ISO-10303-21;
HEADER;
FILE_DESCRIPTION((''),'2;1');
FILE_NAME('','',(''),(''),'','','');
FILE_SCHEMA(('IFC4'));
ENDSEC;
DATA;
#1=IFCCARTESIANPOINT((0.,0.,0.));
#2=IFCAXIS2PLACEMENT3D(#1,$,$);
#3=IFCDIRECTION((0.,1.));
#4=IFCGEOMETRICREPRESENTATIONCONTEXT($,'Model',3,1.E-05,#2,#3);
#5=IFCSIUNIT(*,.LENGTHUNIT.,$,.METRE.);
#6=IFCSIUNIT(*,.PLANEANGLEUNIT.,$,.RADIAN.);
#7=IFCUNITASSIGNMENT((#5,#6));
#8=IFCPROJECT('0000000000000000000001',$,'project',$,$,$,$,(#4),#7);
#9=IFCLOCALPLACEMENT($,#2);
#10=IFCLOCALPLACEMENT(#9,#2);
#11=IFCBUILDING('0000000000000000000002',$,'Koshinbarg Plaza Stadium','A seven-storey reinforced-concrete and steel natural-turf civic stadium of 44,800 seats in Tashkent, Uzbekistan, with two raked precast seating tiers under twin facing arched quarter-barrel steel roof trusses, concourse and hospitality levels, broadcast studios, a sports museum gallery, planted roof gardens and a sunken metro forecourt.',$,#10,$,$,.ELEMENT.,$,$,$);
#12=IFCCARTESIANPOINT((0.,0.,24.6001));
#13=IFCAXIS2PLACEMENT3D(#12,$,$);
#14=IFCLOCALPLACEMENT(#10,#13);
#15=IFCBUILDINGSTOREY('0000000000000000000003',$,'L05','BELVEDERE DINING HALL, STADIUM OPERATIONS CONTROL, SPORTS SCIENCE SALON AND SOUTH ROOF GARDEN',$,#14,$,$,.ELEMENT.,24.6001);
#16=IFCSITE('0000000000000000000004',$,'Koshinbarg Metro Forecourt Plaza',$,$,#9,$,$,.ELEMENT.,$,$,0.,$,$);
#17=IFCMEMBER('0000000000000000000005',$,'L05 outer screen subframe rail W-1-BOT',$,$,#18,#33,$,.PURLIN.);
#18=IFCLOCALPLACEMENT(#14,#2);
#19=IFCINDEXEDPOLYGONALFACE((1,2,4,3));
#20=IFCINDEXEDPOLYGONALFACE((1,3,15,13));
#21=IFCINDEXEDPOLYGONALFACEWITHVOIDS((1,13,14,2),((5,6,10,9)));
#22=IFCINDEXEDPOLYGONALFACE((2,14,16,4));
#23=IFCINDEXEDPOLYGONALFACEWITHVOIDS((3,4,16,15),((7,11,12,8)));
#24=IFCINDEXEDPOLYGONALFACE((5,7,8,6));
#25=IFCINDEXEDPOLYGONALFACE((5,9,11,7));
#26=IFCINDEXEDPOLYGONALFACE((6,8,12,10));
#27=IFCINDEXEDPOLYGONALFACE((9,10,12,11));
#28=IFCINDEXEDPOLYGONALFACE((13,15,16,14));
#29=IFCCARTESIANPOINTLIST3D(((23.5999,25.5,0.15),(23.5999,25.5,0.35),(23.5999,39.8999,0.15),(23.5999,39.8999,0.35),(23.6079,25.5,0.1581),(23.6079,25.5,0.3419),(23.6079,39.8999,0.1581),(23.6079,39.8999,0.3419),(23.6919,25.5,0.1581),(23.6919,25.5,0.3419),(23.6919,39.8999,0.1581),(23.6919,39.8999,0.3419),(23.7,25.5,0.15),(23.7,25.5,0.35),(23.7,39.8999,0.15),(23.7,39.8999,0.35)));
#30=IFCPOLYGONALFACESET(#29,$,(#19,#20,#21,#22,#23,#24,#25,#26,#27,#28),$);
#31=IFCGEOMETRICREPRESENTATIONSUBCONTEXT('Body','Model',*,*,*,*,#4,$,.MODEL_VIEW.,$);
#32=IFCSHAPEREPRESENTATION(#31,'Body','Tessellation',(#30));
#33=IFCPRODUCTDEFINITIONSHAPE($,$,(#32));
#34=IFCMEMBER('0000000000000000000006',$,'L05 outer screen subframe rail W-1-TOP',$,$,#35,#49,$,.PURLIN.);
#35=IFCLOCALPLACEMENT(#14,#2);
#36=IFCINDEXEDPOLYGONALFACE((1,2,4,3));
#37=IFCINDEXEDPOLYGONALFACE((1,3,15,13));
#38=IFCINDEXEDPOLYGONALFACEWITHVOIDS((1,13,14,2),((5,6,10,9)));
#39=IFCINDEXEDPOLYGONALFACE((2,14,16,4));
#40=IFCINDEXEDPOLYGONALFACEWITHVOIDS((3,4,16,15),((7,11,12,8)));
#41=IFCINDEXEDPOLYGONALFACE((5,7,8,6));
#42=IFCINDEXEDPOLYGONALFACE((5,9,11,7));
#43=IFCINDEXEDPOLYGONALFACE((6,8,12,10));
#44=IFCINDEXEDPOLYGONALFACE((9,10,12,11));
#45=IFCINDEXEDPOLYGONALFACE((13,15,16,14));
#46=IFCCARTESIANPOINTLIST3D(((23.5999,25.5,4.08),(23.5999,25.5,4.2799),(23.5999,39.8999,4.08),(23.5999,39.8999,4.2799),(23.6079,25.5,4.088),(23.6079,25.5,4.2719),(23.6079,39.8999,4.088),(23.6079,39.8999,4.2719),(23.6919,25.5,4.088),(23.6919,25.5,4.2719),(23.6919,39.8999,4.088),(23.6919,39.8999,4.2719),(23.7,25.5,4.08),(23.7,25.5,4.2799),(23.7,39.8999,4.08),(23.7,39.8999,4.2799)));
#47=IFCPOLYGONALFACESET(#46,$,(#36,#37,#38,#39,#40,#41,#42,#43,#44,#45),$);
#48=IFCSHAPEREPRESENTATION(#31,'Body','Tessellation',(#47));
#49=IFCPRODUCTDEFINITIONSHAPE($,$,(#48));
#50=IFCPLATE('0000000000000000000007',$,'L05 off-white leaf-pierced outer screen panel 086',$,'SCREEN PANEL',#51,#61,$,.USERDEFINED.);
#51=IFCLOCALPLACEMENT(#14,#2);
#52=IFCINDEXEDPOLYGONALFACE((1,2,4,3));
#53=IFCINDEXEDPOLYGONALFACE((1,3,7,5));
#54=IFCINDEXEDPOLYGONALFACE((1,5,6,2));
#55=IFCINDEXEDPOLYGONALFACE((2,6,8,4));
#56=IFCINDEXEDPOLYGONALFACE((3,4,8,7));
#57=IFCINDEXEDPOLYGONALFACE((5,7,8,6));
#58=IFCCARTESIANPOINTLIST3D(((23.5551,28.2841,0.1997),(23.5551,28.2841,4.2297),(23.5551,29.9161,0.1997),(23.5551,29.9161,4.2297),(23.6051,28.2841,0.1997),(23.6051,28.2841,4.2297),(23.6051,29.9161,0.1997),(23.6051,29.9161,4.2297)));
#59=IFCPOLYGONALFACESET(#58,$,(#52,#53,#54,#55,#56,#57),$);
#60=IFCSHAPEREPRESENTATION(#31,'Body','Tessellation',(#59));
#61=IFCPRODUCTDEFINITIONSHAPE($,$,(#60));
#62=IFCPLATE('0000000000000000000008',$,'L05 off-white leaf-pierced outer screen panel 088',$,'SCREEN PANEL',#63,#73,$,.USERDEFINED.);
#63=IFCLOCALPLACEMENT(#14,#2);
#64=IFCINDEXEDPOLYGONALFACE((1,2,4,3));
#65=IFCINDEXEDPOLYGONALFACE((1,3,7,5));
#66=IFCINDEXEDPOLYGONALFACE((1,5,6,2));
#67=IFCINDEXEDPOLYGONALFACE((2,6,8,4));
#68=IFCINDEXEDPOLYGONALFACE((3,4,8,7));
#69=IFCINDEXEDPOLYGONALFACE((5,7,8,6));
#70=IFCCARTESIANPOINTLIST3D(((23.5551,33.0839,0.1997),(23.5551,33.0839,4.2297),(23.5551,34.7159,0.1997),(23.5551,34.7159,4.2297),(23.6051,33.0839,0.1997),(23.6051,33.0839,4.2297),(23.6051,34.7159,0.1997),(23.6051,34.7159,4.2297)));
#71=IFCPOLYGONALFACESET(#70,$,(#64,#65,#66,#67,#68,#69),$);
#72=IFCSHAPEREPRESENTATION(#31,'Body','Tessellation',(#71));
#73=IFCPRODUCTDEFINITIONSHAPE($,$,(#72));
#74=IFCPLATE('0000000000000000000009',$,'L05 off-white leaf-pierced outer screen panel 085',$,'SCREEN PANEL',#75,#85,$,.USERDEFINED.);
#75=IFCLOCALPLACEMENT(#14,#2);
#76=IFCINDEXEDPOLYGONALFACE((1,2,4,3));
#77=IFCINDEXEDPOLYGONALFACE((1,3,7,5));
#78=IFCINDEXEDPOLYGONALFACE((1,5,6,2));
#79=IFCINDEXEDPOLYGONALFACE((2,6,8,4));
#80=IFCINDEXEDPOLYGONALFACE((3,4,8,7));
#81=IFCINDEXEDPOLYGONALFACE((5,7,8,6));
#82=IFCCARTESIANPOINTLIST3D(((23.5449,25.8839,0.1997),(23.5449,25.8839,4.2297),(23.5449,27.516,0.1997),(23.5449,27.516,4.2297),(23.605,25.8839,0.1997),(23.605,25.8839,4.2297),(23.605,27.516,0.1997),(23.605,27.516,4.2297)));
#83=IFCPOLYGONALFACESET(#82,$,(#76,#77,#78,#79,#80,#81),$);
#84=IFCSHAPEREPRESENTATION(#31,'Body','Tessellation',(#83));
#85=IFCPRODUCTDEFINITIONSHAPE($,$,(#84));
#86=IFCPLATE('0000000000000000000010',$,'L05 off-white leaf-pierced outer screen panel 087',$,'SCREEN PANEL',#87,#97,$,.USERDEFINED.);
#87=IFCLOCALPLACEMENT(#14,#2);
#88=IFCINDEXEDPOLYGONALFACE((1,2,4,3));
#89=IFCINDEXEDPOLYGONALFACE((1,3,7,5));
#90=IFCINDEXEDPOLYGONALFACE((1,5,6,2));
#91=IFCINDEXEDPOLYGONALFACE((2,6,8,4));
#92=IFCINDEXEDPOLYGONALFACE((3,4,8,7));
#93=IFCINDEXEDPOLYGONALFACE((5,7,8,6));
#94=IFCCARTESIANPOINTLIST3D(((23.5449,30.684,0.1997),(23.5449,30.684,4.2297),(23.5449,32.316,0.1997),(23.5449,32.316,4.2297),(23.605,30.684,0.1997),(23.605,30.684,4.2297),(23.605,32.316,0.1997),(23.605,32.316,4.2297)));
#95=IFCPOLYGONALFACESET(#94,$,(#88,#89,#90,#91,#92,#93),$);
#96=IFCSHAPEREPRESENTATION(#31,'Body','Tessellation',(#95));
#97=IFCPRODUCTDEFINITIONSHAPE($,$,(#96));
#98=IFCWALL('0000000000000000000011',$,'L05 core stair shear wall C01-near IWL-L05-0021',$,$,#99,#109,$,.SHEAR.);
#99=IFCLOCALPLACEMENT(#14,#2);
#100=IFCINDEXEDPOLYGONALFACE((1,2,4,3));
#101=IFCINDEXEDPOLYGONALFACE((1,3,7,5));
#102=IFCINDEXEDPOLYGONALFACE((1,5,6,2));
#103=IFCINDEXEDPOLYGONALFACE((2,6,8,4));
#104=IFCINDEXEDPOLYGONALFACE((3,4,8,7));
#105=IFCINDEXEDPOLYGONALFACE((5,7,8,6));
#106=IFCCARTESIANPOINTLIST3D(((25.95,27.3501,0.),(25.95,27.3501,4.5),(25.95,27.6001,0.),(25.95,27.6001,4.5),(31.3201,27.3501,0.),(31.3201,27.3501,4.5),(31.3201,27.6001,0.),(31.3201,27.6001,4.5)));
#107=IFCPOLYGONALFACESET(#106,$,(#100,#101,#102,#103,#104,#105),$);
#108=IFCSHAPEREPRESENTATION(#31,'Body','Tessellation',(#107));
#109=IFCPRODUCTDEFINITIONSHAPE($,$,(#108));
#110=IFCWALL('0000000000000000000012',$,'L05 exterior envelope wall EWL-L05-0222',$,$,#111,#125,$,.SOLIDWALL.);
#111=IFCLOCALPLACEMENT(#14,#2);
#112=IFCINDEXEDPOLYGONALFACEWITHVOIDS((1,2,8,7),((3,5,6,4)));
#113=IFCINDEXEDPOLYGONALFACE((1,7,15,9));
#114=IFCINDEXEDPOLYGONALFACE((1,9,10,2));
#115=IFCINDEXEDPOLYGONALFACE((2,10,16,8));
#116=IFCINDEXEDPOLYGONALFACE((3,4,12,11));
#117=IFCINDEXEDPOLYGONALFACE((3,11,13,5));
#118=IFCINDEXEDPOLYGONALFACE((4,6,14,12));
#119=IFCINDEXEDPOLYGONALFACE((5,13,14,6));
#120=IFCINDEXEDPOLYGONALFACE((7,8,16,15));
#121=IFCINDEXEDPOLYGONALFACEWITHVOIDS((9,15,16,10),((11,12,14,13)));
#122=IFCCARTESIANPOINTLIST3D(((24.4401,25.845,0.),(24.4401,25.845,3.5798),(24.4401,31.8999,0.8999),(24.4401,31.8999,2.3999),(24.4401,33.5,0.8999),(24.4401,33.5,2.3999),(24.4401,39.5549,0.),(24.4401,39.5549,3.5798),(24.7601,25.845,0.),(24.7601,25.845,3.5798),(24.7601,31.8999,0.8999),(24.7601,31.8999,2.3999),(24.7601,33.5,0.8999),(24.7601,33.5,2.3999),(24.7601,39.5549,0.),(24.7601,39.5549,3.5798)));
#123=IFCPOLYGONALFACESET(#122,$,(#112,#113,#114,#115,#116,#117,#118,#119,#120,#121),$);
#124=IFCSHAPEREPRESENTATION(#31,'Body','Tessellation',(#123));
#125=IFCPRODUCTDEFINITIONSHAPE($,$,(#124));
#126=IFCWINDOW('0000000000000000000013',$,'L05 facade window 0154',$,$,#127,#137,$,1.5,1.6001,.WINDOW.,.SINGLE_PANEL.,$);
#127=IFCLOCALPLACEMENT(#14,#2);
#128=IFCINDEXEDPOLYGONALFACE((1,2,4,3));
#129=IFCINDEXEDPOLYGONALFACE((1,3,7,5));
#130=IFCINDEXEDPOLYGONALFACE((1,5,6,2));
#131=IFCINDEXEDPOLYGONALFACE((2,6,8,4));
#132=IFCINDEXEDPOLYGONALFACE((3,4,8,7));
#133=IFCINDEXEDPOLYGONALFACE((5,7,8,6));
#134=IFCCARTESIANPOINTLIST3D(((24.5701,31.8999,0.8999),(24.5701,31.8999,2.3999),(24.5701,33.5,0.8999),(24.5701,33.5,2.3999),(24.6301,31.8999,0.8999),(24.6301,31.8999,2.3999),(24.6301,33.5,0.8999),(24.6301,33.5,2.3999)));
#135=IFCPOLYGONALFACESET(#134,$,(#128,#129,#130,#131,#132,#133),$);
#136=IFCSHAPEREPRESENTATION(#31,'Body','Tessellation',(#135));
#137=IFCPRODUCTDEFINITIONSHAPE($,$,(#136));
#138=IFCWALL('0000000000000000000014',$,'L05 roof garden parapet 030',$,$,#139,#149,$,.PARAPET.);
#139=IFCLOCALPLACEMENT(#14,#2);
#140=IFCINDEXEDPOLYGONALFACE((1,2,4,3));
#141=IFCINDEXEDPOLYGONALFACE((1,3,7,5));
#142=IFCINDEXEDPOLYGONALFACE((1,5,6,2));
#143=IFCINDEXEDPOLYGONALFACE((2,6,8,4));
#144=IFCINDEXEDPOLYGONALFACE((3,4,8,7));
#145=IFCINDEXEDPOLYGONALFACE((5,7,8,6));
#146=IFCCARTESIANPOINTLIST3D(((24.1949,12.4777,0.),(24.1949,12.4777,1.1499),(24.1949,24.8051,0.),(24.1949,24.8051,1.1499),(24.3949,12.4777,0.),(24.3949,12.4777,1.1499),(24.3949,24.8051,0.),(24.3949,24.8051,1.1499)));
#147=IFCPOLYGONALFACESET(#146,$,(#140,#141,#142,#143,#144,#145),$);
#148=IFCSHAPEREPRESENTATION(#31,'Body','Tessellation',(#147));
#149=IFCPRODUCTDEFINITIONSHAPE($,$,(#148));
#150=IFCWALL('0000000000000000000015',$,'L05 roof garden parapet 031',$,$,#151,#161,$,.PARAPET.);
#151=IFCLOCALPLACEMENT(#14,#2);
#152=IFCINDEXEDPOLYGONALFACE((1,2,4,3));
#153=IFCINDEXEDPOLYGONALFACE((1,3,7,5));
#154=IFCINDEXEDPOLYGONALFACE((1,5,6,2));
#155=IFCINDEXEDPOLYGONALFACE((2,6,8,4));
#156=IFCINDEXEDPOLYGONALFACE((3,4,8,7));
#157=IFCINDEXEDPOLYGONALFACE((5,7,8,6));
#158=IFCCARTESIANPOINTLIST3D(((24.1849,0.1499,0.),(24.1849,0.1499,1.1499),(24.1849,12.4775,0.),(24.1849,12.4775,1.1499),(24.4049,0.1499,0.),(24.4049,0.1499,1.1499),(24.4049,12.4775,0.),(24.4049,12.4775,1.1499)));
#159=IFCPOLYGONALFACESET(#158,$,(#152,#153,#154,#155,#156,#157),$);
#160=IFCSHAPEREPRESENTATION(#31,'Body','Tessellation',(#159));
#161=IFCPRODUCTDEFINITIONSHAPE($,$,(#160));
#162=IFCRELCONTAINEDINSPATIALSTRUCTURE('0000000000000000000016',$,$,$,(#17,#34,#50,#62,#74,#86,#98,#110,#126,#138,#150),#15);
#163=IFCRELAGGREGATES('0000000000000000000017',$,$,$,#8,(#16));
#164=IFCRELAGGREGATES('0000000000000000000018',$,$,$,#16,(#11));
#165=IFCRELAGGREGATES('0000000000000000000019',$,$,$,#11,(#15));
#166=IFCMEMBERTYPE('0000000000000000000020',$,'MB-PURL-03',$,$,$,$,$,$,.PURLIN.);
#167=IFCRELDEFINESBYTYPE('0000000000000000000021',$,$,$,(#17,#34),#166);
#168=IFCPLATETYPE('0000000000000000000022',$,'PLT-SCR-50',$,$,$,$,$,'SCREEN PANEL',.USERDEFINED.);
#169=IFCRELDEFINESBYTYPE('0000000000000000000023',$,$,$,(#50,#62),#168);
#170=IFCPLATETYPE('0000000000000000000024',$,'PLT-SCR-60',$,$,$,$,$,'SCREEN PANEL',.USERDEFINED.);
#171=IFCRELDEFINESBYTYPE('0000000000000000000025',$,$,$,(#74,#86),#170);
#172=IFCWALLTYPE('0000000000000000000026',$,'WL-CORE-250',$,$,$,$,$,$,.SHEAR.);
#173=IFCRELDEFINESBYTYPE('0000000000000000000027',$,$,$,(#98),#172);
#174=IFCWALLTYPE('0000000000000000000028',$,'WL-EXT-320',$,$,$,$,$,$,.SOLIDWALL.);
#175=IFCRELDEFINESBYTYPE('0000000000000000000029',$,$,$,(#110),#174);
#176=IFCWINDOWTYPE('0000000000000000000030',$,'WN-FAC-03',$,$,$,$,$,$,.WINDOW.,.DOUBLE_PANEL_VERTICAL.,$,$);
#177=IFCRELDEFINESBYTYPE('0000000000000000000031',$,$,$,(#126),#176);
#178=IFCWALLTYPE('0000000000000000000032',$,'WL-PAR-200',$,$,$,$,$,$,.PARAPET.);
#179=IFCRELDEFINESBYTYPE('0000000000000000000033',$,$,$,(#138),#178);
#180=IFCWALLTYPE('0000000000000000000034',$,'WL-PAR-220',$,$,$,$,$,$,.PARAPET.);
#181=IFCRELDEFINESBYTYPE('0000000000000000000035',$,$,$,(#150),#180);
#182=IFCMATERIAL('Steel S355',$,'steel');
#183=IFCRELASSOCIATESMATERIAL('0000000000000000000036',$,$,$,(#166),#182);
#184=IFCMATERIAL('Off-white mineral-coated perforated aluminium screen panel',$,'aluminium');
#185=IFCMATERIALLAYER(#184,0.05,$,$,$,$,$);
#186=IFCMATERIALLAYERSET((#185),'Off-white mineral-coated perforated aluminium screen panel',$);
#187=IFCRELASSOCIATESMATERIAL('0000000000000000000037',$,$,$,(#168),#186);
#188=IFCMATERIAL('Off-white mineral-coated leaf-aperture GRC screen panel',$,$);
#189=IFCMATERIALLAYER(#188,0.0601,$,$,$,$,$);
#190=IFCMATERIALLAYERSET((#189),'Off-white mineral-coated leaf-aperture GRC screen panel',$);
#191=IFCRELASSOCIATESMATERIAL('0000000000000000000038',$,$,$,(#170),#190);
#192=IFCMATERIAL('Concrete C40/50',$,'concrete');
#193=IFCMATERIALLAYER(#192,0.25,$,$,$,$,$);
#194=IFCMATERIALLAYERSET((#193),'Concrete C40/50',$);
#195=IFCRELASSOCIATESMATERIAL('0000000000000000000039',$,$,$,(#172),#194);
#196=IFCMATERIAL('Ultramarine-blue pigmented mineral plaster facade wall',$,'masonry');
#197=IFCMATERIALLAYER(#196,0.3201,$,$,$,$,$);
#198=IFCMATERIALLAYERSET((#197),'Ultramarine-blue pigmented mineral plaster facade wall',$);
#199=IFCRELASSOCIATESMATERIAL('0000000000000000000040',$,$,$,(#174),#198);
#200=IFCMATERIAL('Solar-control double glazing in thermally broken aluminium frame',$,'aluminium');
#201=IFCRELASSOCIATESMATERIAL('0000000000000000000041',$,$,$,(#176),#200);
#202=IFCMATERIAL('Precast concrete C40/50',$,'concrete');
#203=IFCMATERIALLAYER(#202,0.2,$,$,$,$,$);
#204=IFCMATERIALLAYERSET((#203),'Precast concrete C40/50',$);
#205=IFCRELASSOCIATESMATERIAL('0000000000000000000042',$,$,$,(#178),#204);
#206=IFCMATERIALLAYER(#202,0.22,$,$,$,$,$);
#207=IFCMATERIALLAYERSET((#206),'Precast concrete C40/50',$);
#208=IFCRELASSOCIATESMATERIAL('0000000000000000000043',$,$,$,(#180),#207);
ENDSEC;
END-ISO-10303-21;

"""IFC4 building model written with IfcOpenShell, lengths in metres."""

from ifc_helpers import new_model, si_unit, direction, frame, frame_2d, origin, origin_2d, place, context, subcontext, project, spatial, rectangle, hollow_rectangle, extrude, material, layer, layer_set, material_profile, profile_set, type_object, element, fill, save


model = new_model("IFC4")

# Units and contexts
model_context = context("Model", 3, precision=1e-05, world=origin(), true_north=direction((0.0, 1.0)))
body_context = subcontext(model_context, "Body", "Model", "MODEL_VIEW")
ifc_project = project(units=[si_unit("LENGTHUNIT", "METRE"), si_unit("PLANEANGLEUNIT", "RADIAN")], contexts=[model_context])

# Site, building, storey
site_placement = place(None, origin())
site = spatial("IfcSite", under=ifc_project, at=site_placement, Name="Koshinbarg Metro Forecourt Plaza", CompositionType="ELEMENT", RefElevation=0.0)
building_placement = place(site_placement, origin())
building = spatial("IfcBuilding", under=site, at=building_placement, Name="Koshinbarg Plaza Stadium", Description="A seven-storey reinforced-concrete and steel natural-turf civic stadium of 44,800 seats in Tashkent, Uzbekistan, with two raked precast seating tiers under twin facing arched quarter-barrel steel roof trusses, concourse and hospitality levels, broadcast studios, a sports museum gallery, planted roof gardens and a sunken metro forecourt.", CompositionType="ELEMENT")
storey_placement = place(building_placement, frame((0.0, 0.0, 24.6001)))
storey = spatial("IfcBuildingStorey", under=building, at=storey_placement, Name="L05", Description="BELVEDERE DINING HALL, STADIUM OPERATIONS CONTROL, SPORTS SCIENCE SALON AND SOUTH ROOF GARDEN", CompositionType="ELEMENT", Elevation=24.6001)

# Shared definitions
ifc_material_1 = material(Name="Concrete C40/50", Category="concrete")

# Shared definitions
ifc_material_2 = material(Name="Steel S355", Category="steel")

# Members
ifc_material_profile_1 = material_profile(ifc_material_2, hollow_rectangle(XDim=0.1001, YDim=0.2, WallThickness=0.0081, at=origin_2d()), Name="RHS 200x100x8")
ifc_profile_set_1 = profile_set([ifc_material_profile_1], Name="Steel S355")
member_type = type_object("IfcMemberType", Name="MB-PURL-03", PredefinedType="PURLIN", material=ifc_profile_set_1)
for number, where, z_axis, x_axis, name in (
    (1, (23.6499, 25.5, 0.25), (0.0, 1.0, 0.0), (-1.0, 0.0, 0.0), "L05 outer screen subframe rail W-1-BOT"),
    (2, (23.6499, 25.5, 4.1799), (0.0, 1.0, 0.0), (-1.0, 0.0, 0.0), "L05 outer screen subframe rail W-1-TOP"),
):
    element("IfcMember", number, at=place(storey_placement, frame(where, z_axis=z_axis, x_axis=x_axis)), inside=storey, type_object=member_type, Name=name, PredefinedType="PURLIN", context=body_context, shape_type="SweptSolid", body=[
        extrude(hollow_rectangle(XDim=0.1001, YDim=0.2, WallThickness=0.0081, at=origin_2d()), origin(), (0.0, 0.0, 1.0), 14.3999),
    ])

# Plates
ifc_material_3 = material(Name="Off-white mineral-coated perforated aluminium screen panel", Category="aluminium")
ifc_layer_1 = layer(ifc_material_3, 0.05)
ifc_layer_set_1 = layer_set([ifc_layer_1], Name="Off-white mineral-coated perforated aluminium screen panel")
plate_type_1 = type_object("IfcPlateType", Name="PLT-SCR-50", ElementType="SCREEN PANEL", PredefinedType="USERDEFINED", material=ifc_layer_set_1)
for number, where, z_axis, x_axis, name in (
    (3, (23.5801, 29.1001, 0.1997), (0.0, 0.0, 1.0), (1.0, 0.0, 0.0), "L05 off-white leaf-pierced outer screen panel 086"),
    (4, (23.5801, 33.8999, 0.1997), (0.0, 0.0, 1.0), (1.0, 0.0, 0.0), "L05 off-white leaf-pierced outer screen panel 088"),
):
    element("IfcPlate", number, at=place(storey_placement, frame(where, z_axis=z_axis, x_axis=x_axis)), inside=storey, type_object=plate_type_1, Name=name, ObjectType="SCREEN PANEL", PredefinedType="USERDEFINED", context=body_context, shape_type="SweptSolid", body=[
        extrude(rectangle(XDim=0.05, YDim=1.6321, at=origin_2d()), origin(), (0.0, 0.0, 1.0), 4.03),
    ])
ifc_material_4 = material(Name="Off-white mineral-coated leaf-aperture GRC screen panel")
ifc_layer_2 = layer(ifc_material_4, 0.0601)
ifc_layer_set_2 = layer_set([ifc_layer_2], Name="Off-white mineral-coated leaf-aperture GRC screen panel")
plate_type_2 = type_object("IfcPlateType", Name="PLT-SCR-60", ElementType="SCREEN PANEL", PredefinedType="USERDEFINED", material=ifc_layer_set_2)
for number, where, z_axis, x_axis, name in (
    (5, (23.575, 26.7, 0.1997), (0.0, 0.0, 1.0), (1.0, 0.0, 0.0), "L05 off-white leaf-pierced outer screen panel 085"),
    (6, (23.575, 31.5, 0.1997), (0.0, 0.0, 1.0), (1.0, 0.0, 0.0), "L05 off-white leaf-pierced outer screen panel 087"),
):
    element("IfcPlate", number, at=place(storey_placement, frame(where, z_axis=z_axis, x_axis=x_axis)), inside=storey, type_object=plate_type_2, Name=name, ObjectType="SCREEN PANEL", PredefinedType="USERDEFINED", context=body_context, shape_type="SweptSolid", body=[
        extrude(rectangle(XDim=0.0601, YDim=1.6321, at=origin_2d()), origin(), (0.0, 0.0, 1.0), 4.03),
    ])

# Wall
ifc_layer_3 = layer(ifc_material_1, 0.25)
ifc_layer_set_3 = layer_set([ifc_layer_3], Name="Concrete C40/50")
wall_type_1 = type_object("IfcWallType", Name="WL-CORE-250", PredefinedType="SHEAR", material=ifc_layer_set_3)
wall_1_placement = place(storey_placement, frame((25.95, 27.4751, 0.0), z_axis=(0.0, 0.0, 1.0), x_axis=(1.0, 0.0, 0.0)))
element("IfcWall", 7, at=wall_1_placement, inside=storey, type_object=wall_type_1, Name="L05 core stair shear wall C01-near IWL-L05-0021", PredefinedType="SHEAR", context=body_context, shape_type="SweptSolid", body=[
    extrude(rectangle(XDim=5.3701, YDim=0.25, at=frame_2d((2.6851, 0.0))), origin(), (0.0, 0.0, 1.0), 4.5),
])

# Wall, opening, window
ifc_material_5 = material(Name="Ultramarine-blue pigmented mineral plaster facade wall", Category="masonry")
ifc_layer_4 = layer(ifc_material_5, 0.3201)
ifc_layer_set_4 = layer_set([ifc_layer_4], Name="Ultramarine-blue pigmented mineral plaster facade wall")
wall_type_2 = type_object("IfcWallType", Name="WL-EXT-320", PredefinedType="SOLIDWALL", material=ifc_layer_set_4)
wall_2_placement = place(storey_placement, frame((24.6001, 25.845, 0.0), z_axis=(0.0, 0.0, 1.0), x_axis=(0.0, 1.0, 0.0)))
wall_2 = element("IfcWall", 8, at=wall_2_placement, inside=storey, type_object=wall_type_2, Name="L05 exterior envelope wall EWL-L05-0222", PredefinedType="SOLIDWALL", context=body_context, shape_type="SweptSolid", body=[
    extrude(rectangle(XDim=13.71, YDim=0.3201, at=frame_2d((6.855, 0.0))), origin(), (0.0, 0.0, 1.0), 3.5798),
])
opening_placement = place(wall_2_placement, frame((6.0549, 0.0, 0.8999)))
opening = element("IfcOpeningElement", 9, at=opening_placement, cuts=wall_2, PredefinedType="OPENING", context=body_context, shape_type="SweptSolid", body=[
    extrude(rectangle(XDim=1.6001, YDim=1.5, at=frame_2d((0.8, 0.75))), frame((0.0, 0.1699, 0.0), z_axis=(0.0, -1.0, 0.0), x_axis=(1.0, 0.0, 0.0)), (0.0, 0.0, 1.0), 0.3401),
])
ifc_material_6 = material(Name="Solar-control double glazing in thermally broken aluminium frame", Category="aluminium")
window_type = type_object("IfcWindowType", Name="WN-FAC-03", PartitioningType="DOUBLE_PANEL_VERTICAL", PredefinedType="WINDOW", material=ifc_material_6)
window_placement = place(opening_placement, origin())
window = element("IfcWindow", 10, at=window_placement, inside=storey, type_object=window_type, Name="L05 facade window 0154", OverallHeight=1.5, OverallWidth=1.6001, PartitioningType="SINGLE_PANEL", PredefinedType="WINDOW", context=body_context, shape_type="SweptSolid", body=[
    extrude(rectangle(XDim=1.6001, YDim=1.5, at=frame_2d((0.8, 0.75))), frame((0.0, 0.03, 0.0), z_axis=(0.0, -1.0, 0.0), x_axis=(1.0, 0.0, 0.0)), (0.0, 0.0, 1.0), 0.0601),
])
fill(opening, window)

# Walls
ifc_material_7 = material(Name="Precast concrete C40/50", Category="concrete")
ifc_layer_5 = layer(ifc_material_7, 0.2)
ifc_layer_set_5 = layer_set([ifc_layer_5], Name="Precast concrete C40/50")
wall_type_3 = type_object("IfcWallType", Name="WL-PAR-200", PredefinedType="PARAPET", material=ifc_layer_set_5)
wall_3_placement = place(storey_placement, frame((24.2949, 24.8049, 0.0), z_axis=(0.0, 0.0, 1.0), x_axis=(0.0, -1.0, 0.0)))
element("IfcWall", 11, at=wall_3_placement, inside=storey, type_object=wall_type_3, Name="L05 roof garden parapet 030", PredefinedType="PARAPET", context=body_context, shape_type="SweptSolid", body=[
    extrude(rectangle(XDim=12.3274, YDim=0.2, at=frame_2d((6.1636, 0.0))), origin(), (0.0, 0.0, 1.0), 1.1499),
])
ifc_layer_6 = layer(ifc_material_7, 0.22)
ifc_layer_set_6 = layer_set([ifc_layer_6], Name="Precast concrete C40/50")
wall_type_4 = type_object("IfcWallType", Name="WL-PAR-220", PredefinedType="PARAPET", material=ifc_layer_set_6)
wall_4_placement = place(storey_placement, frame((24.2949, 12.4775, 0.0), z_axis=(0.0, 0.0, 1.0), x_axis=(0.0, -1.0, 0.0)))
element("IfcWall", 12, at=wall_4_placement, inside=storey, type_object=wall_type_4, Name="L05 roof garden parapet 031", PredefinedType="PARAPET", context=body_context, shape_type="SweptSolid", body=[
    extrude(rectangle(XDim=12.3276, YDim=0.22, at=frame_2d((6.1638, 0.0))), origin(), (0.0, 0.0, 1.0), 1.1499),
])

save(model, "model.ifc")
